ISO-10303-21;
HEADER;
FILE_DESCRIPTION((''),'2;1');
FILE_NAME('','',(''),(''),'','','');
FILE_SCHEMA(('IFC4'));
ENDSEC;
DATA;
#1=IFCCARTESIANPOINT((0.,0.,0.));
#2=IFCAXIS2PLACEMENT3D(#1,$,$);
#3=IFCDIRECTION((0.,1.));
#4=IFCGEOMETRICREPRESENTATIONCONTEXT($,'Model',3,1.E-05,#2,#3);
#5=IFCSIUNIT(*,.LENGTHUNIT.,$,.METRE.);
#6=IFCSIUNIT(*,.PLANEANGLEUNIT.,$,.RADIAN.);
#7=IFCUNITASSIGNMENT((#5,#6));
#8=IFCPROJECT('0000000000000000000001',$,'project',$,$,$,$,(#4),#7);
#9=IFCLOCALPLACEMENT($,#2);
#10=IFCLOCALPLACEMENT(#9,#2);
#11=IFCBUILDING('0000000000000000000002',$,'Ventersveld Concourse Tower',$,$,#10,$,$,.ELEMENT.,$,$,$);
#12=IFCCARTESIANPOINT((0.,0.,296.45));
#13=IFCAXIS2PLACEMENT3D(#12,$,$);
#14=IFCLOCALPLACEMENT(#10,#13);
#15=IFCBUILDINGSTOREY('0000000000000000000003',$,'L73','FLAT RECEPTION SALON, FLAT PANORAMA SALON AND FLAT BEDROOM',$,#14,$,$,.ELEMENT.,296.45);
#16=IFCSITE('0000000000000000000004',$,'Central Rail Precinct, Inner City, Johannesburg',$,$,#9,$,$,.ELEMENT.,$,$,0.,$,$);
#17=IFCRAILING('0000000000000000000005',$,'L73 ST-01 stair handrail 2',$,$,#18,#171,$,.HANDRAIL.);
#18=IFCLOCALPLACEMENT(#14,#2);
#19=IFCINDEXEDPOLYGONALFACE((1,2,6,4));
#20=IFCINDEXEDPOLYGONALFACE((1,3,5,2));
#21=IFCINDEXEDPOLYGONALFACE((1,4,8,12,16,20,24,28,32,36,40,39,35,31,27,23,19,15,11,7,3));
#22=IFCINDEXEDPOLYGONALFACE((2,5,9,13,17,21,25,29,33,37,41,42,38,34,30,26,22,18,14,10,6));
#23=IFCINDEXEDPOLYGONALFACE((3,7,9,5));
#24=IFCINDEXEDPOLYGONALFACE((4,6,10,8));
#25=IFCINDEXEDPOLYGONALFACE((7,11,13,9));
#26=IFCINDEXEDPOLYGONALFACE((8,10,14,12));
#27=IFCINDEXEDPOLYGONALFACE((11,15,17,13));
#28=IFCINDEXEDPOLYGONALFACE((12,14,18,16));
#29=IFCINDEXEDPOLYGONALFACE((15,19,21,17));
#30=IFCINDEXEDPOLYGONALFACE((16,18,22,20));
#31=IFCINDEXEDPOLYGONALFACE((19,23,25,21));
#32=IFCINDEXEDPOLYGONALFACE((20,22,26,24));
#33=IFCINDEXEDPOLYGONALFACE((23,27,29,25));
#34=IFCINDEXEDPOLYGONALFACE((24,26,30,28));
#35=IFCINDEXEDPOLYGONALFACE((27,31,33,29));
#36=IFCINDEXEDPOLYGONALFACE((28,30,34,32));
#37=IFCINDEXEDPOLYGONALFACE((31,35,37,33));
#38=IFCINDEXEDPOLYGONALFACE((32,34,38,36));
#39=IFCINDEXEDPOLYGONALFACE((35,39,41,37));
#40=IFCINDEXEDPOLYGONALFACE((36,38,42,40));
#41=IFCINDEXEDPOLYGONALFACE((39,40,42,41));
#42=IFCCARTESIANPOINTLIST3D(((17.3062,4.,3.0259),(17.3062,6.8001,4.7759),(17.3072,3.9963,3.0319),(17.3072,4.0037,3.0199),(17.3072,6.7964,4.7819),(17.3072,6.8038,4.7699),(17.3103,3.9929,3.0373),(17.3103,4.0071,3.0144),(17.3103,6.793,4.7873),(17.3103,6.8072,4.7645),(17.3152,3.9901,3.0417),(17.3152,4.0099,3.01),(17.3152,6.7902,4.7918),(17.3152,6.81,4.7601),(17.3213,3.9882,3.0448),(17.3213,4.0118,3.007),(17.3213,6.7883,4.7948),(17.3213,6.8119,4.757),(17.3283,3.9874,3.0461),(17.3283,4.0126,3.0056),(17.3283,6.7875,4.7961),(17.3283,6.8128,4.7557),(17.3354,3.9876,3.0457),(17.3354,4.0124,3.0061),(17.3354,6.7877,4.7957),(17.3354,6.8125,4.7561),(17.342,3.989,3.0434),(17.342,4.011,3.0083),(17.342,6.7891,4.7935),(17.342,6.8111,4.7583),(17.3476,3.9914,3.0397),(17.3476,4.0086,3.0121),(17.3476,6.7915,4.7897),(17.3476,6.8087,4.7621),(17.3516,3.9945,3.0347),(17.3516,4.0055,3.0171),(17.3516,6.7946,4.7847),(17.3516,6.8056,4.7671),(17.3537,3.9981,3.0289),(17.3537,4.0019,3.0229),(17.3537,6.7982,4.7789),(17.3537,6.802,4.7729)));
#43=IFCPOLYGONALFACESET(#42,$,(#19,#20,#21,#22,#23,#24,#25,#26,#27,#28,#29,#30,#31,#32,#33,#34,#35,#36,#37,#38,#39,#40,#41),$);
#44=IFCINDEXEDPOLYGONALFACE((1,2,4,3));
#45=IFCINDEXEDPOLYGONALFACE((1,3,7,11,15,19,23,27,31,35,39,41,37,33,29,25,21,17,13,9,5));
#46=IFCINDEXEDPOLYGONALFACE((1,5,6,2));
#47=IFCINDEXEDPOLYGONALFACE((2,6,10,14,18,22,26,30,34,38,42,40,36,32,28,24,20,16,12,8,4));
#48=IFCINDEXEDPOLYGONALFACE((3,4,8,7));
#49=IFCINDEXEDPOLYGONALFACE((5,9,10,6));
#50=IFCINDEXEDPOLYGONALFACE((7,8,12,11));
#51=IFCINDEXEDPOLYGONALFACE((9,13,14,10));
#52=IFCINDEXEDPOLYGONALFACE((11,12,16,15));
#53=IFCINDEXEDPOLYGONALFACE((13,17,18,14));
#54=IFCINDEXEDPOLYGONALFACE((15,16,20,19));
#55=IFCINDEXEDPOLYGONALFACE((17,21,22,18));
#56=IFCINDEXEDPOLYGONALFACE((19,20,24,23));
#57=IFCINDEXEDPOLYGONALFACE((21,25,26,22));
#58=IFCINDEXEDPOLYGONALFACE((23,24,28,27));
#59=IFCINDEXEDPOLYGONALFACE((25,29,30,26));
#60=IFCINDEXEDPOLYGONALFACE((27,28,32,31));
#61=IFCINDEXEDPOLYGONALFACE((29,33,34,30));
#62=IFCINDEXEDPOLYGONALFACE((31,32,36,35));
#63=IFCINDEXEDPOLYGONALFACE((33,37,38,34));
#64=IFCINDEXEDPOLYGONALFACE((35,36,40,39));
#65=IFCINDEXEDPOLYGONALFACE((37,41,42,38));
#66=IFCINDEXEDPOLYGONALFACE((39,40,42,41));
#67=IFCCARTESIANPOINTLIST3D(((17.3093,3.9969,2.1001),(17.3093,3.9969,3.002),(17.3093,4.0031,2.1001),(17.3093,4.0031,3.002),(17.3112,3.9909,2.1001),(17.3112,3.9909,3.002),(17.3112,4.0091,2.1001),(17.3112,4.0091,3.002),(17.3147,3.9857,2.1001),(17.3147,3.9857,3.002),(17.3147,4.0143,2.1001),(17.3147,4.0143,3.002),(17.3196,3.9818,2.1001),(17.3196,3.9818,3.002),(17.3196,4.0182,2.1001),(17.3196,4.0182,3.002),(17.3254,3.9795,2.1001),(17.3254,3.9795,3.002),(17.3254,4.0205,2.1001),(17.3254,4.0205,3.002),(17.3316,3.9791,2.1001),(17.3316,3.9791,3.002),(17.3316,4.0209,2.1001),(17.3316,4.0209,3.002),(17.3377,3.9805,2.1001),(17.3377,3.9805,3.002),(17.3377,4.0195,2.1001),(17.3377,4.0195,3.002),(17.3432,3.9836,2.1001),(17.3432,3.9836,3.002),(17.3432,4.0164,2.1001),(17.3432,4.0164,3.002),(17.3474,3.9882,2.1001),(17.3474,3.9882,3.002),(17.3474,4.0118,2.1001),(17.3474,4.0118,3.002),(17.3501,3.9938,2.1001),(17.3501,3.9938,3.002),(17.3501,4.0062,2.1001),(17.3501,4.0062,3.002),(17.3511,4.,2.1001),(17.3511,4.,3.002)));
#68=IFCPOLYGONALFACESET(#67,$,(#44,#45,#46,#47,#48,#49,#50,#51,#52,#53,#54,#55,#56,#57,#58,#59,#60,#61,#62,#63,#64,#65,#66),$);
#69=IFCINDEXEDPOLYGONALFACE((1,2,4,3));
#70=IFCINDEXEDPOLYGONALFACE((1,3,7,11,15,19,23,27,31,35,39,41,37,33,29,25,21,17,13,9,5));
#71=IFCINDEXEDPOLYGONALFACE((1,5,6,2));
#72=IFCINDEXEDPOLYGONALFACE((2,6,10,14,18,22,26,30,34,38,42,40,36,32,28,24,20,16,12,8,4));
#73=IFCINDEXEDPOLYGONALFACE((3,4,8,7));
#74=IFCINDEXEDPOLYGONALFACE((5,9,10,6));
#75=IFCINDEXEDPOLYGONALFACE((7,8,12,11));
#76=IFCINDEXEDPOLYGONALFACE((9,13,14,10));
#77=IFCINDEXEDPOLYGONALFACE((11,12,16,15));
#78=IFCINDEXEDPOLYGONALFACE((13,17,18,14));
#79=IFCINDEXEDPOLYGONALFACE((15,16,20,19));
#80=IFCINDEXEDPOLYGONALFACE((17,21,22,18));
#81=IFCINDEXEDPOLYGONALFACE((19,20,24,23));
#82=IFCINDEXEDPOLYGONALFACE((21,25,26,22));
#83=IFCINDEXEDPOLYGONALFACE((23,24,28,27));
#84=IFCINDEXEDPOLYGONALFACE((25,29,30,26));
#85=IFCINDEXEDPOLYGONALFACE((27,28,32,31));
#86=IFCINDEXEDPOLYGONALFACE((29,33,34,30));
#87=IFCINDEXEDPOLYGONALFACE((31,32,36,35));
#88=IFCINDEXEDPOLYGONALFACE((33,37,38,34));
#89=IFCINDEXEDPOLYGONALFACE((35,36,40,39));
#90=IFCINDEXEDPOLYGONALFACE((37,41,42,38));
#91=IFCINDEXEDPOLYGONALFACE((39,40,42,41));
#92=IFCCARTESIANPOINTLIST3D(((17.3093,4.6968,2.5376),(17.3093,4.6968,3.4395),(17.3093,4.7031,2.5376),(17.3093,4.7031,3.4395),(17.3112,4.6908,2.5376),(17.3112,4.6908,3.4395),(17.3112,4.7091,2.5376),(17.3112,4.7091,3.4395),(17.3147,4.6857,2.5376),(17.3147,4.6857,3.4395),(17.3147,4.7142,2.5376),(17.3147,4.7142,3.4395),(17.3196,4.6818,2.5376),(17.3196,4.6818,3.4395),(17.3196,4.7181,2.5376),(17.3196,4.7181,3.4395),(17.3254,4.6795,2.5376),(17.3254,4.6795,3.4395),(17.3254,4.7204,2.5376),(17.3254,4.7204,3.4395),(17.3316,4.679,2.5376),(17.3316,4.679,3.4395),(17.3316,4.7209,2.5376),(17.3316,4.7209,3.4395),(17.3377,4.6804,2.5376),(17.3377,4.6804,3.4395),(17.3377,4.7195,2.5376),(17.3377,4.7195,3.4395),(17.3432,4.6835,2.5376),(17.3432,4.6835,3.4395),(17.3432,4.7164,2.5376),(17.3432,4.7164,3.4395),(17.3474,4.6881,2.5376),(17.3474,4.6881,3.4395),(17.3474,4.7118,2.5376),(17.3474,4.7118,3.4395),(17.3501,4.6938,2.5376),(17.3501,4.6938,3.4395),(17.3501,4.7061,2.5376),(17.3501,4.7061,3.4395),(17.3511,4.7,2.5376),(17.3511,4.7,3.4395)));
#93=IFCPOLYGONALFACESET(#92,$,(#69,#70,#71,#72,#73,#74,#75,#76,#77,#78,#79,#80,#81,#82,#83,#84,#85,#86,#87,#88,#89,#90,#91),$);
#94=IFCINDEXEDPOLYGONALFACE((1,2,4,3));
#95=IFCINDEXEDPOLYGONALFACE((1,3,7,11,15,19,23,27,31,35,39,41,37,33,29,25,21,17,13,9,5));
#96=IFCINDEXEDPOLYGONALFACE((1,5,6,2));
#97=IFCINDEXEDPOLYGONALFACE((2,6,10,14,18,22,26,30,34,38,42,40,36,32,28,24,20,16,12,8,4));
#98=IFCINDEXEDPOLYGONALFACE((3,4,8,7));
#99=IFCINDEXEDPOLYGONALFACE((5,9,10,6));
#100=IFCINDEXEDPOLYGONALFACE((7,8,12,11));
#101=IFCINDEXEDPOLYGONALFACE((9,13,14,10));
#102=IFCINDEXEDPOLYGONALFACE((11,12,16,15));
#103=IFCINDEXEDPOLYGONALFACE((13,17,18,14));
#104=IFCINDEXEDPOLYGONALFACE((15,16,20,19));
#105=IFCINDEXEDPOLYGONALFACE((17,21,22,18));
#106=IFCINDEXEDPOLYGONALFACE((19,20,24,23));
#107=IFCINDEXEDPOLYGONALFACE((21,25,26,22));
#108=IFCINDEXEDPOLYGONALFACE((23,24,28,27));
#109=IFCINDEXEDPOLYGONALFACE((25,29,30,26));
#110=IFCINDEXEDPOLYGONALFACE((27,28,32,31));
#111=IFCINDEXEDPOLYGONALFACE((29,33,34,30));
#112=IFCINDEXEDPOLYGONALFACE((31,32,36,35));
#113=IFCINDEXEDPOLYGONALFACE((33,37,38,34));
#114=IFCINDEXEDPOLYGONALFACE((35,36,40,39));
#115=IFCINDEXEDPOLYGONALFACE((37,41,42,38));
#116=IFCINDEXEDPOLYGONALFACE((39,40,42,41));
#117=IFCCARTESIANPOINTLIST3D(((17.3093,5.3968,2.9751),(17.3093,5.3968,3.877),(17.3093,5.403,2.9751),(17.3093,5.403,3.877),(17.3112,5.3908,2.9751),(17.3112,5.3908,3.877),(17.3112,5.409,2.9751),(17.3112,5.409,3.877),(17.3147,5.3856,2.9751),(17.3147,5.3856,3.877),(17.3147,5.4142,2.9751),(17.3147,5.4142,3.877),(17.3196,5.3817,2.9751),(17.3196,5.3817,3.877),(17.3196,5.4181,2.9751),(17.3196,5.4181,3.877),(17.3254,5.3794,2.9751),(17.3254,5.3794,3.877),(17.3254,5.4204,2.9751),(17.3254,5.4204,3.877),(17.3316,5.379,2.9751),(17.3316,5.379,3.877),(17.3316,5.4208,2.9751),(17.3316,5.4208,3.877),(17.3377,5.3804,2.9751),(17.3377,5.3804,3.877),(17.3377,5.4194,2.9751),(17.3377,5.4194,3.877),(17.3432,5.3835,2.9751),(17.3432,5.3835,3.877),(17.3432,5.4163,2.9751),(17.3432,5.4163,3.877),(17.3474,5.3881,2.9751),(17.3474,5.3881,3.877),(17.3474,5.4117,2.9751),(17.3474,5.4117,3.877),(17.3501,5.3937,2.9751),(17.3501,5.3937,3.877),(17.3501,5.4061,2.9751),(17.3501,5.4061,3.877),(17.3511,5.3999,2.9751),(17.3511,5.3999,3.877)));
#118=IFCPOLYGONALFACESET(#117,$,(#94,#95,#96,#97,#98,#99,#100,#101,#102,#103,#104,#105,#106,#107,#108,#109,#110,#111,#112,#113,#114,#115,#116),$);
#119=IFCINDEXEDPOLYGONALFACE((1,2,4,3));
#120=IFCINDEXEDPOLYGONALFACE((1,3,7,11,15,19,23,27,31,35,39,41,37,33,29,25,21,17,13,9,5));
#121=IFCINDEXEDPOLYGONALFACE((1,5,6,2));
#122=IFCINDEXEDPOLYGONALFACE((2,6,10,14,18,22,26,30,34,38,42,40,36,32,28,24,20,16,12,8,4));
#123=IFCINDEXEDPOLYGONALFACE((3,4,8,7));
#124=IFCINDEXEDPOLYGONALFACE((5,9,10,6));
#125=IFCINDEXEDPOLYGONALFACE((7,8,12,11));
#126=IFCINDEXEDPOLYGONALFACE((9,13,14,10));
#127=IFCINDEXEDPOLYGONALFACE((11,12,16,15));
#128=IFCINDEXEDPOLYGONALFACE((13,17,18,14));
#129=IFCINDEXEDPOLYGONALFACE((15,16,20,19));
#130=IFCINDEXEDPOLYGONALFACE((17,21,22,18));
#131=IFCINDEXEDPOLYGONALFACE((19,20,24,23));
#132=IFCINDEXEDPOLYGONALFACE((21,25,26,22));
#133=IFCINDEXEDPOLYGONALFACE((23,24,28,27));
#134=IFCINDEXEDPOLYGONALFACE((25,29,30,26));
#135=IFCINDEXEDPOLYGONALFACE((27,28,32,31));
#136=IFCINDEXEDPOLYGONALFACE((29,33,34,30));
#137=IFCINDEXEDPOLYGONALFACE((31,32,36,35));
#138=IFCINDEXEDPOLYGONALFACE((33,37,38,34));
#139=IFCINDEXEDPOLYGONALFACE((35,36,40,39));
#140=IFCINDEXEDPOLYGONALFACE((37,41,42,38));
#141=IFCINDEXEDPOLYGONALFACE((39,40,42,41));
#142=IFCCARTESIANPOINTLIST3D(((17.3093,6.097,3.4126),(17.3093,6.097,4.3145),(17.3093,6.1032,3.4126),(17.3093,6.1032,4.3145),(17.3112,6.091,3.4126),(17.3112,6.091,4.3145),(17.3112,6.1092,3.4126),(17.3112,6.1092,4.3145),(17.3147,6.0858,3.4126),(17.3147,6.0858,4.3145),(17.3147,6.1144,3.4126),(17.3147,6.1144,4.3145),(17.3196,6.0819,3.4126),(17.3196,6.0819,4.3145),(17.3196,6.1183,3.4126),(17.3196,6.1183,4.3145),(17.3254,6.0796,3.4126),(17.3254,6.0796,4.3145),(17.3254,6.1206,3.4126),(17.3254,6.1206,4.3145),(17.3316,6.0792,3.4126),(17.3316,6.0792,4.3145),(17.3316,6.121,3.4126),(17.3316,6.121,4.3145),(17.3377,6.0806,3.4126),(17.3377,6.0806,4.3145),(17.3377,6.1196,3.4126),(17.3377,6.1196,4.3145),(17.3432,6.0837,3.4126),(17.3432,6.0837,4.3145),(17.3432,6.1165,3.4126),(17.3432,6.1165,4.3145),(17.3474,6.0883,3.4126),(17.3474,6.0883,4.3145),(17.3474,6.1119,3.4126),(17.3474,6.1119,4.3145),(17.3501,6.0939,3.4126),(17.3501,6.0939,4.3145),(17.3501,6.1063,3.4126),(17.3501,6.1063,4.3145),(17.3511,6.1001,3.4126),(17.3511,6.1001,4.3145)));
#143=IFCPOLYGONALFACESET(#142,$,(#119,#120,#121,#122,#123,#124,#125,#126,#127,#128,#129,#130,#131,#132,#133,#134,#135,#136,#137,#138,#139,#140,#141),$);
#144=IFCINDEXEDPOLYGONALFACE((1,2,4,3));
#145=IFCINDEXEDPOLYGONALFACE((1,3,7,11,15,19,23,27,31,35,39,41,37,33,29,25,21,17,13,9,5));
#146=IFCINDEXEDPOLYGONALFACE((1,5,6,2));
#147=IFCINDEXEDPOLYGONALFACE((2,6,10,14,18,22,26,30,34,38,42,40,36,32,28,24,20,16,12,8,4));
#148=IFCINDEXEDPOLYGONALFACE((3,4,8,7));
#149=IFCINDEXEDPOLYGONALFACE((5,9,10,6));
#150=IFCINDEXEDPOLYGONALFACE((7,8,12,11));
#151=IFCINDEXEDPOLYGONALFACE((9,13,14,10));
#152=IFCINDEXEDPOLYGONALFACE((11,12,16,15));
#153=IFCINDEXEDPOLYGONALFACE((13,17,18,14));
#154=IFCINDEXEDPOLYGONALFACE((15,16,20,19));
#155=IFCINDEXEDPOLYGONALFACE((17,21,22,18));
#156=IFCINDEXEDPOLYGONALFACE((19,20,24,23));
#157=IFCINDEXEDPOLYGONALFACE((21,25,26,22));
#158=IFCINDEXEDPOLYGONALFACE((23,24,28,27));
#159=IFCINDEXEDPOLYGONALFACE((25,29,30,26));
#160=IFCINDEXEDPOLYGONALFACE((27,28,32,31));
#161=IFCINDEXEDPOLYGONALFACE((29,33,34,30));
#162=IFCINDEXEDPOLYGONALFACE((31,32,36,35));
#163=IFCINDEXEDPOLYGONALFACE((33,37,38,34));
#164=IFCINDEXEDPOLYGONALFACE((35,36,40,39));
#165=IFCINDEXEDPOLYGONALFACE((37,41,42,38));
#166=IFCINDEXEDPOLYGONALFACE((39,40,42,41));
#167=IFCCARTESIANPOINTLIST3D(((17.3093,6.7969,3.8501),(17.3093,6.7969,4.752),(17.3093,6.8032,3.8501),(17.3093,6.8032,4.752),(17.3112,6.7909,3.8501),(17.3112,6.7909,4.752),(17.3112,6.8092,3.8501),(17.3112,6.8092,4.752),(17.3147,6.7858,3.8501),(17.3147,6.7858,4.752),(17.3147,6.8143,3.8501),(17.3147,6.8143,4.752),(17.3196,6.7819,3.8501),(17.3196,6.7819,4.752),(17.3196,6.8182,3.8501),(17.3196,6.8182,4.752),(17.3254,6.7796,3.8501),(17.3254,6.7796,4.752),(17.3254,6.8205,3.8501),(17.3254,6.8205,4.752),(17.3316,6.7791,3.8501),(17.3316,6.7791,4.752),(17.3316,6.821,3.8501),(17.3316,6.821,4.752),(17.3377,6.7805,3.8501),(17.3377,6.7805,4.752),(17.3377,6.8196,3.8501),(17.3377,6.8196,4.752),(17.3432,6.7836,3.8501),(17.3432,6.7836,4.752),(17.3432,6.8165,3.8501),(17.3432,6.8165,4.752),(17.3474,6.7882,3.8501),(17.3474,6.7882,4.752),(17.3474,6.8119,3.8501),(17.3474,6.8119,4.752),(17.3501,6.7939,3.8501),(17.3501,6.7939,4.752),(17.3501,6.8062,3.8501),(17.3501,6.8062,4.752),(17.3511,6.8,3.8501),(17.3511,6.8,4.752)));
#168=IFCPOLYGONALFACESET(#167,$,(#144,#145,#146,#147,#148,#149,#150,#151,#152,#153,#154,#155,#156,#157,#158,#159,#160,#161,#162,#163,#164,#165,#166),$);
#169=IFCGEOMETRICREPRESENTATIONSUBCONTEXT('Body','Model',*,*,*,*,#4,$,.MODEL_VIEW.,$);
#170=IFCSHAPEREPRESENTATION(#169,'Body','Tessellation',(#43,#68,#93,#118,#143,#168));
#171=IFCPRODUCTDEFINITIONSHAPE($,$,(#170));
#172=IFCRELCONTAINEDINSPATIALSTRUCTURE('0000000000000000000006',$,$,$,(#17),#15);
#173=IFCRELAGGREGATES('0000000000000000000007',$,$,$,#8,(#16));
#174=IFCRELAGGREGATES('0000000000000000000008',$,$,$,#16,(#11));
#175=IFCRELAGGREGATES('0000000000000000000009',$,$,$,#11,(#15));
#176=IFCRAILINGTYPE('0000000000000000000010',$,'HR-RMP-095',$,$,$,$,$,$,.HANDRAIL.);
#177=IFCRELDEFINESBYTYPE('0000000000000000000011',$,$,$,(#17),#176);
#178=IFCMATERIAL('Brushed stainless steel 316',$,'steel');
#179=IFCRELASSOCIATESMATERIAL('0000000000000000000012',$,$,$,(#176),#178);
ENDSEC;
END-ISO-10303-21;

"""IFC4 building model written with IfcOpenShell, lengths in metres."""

from ifc_helpers import new_model, si_unit, direction, frame, origin, origin_2d, place, context, subcontext, project, spatial, circle, extrude, material, type_object, element, save


model = new_model("IFC4")

# Units and contexts
model_context = context("Model", 3, precision=1e-05, world=origin(), true_north=direction((0.0, 1.0)))
body_context = subcontext(model_context, "Body", "Model", "MODEL_VIEW")
ifc_project = project(units=[si_unit("LENGTHUNIT", "METRE"), si_unit("PLANEANGLEUNIT", "RADIAN")], contexts=[model_context])

# Site, building, storey
site_placement = place(None, origin())
site = spatial("IfcSite", under=ifc_project, at=site_placement, Name="Central Rail Precinct, Inner City, Johannesburg", CompositionType="ELEMENT", RefElevation=0.0)
building_placement = place(site_placement, origin())
building = spatial("IfcBuilding", under=site, at=building_placement, Name="Ventersveld Concourse Tower", CompositionType="ELEMENT")
storey_placement = place(building_placement, frame((0.0, 0.0, 296.45)))
storey = spatial("IfcBuildingStorey", under=building, at=storey_placement, Name="L73", Description="FLAT RECEPTION SALON, FLAT PANORAMA SALON AND FLAT BEDROOM", CompositionType="ELEMENT", Elevation=296.45)

# Railing
ifc_material_1 = material(Name="Brushed stainless steel 316", Category="steel")
railing_type_1 = type_object("IfcRailingType", Name="HR-RMP-095", PredefinedType="HANDRAIL", material=ifc_material_1)
railing_1_placement = place(storey_placement, frame((17.3301, 4.0, 2.1001)))
element("IfcRailing", 1, at=railing_1_placement, inside=storey, type_object=railing_type_1, Name="L73 ST-01 stair handrail 2", PredefinedType="HANDRAIL", context=body_context, shape_type="SweptSolid", body=[
    extrude(circle(Radius=0.0239, at=origin_2d()), frame((0.0, 0.0, 0.9258), z_axis=(0.0, 0.848002, 0.529992), x_axis=(-1.0, 0.0, 0.0)), (0.0, 0.0, 1.0), 3.302),
    extrude(circle(Radius=0.021, at=origin_2d()), origin(), (0.0, 0.0, 1.0), 0.9019),
    extrude(circle(Radius=0.021, at=origin_2d()), frame((0.0, 0.7, 0.4375)), (0.0, 0.0, 1.0), 0.9019),
    extrude(circle(Radius=0.021, at=origin_2d()), frame((0.0, 1.3999, 0.875)), (0.0, 0.0, 1.0), 0.9019),
    extrude(circle(Radius=0.021, at=origin_2d()), frame((0.0, 2.1001, 1.3125)), (0.0, 0.0, 1.0), 0.9019),
    extrude(circle(Radius=0.021, at=origin_2d()), frame((0.0, 2.8, 1.75)), (0.0, 0.0, 1.0), 0.9019),
])

save(model, "model.ifc")
